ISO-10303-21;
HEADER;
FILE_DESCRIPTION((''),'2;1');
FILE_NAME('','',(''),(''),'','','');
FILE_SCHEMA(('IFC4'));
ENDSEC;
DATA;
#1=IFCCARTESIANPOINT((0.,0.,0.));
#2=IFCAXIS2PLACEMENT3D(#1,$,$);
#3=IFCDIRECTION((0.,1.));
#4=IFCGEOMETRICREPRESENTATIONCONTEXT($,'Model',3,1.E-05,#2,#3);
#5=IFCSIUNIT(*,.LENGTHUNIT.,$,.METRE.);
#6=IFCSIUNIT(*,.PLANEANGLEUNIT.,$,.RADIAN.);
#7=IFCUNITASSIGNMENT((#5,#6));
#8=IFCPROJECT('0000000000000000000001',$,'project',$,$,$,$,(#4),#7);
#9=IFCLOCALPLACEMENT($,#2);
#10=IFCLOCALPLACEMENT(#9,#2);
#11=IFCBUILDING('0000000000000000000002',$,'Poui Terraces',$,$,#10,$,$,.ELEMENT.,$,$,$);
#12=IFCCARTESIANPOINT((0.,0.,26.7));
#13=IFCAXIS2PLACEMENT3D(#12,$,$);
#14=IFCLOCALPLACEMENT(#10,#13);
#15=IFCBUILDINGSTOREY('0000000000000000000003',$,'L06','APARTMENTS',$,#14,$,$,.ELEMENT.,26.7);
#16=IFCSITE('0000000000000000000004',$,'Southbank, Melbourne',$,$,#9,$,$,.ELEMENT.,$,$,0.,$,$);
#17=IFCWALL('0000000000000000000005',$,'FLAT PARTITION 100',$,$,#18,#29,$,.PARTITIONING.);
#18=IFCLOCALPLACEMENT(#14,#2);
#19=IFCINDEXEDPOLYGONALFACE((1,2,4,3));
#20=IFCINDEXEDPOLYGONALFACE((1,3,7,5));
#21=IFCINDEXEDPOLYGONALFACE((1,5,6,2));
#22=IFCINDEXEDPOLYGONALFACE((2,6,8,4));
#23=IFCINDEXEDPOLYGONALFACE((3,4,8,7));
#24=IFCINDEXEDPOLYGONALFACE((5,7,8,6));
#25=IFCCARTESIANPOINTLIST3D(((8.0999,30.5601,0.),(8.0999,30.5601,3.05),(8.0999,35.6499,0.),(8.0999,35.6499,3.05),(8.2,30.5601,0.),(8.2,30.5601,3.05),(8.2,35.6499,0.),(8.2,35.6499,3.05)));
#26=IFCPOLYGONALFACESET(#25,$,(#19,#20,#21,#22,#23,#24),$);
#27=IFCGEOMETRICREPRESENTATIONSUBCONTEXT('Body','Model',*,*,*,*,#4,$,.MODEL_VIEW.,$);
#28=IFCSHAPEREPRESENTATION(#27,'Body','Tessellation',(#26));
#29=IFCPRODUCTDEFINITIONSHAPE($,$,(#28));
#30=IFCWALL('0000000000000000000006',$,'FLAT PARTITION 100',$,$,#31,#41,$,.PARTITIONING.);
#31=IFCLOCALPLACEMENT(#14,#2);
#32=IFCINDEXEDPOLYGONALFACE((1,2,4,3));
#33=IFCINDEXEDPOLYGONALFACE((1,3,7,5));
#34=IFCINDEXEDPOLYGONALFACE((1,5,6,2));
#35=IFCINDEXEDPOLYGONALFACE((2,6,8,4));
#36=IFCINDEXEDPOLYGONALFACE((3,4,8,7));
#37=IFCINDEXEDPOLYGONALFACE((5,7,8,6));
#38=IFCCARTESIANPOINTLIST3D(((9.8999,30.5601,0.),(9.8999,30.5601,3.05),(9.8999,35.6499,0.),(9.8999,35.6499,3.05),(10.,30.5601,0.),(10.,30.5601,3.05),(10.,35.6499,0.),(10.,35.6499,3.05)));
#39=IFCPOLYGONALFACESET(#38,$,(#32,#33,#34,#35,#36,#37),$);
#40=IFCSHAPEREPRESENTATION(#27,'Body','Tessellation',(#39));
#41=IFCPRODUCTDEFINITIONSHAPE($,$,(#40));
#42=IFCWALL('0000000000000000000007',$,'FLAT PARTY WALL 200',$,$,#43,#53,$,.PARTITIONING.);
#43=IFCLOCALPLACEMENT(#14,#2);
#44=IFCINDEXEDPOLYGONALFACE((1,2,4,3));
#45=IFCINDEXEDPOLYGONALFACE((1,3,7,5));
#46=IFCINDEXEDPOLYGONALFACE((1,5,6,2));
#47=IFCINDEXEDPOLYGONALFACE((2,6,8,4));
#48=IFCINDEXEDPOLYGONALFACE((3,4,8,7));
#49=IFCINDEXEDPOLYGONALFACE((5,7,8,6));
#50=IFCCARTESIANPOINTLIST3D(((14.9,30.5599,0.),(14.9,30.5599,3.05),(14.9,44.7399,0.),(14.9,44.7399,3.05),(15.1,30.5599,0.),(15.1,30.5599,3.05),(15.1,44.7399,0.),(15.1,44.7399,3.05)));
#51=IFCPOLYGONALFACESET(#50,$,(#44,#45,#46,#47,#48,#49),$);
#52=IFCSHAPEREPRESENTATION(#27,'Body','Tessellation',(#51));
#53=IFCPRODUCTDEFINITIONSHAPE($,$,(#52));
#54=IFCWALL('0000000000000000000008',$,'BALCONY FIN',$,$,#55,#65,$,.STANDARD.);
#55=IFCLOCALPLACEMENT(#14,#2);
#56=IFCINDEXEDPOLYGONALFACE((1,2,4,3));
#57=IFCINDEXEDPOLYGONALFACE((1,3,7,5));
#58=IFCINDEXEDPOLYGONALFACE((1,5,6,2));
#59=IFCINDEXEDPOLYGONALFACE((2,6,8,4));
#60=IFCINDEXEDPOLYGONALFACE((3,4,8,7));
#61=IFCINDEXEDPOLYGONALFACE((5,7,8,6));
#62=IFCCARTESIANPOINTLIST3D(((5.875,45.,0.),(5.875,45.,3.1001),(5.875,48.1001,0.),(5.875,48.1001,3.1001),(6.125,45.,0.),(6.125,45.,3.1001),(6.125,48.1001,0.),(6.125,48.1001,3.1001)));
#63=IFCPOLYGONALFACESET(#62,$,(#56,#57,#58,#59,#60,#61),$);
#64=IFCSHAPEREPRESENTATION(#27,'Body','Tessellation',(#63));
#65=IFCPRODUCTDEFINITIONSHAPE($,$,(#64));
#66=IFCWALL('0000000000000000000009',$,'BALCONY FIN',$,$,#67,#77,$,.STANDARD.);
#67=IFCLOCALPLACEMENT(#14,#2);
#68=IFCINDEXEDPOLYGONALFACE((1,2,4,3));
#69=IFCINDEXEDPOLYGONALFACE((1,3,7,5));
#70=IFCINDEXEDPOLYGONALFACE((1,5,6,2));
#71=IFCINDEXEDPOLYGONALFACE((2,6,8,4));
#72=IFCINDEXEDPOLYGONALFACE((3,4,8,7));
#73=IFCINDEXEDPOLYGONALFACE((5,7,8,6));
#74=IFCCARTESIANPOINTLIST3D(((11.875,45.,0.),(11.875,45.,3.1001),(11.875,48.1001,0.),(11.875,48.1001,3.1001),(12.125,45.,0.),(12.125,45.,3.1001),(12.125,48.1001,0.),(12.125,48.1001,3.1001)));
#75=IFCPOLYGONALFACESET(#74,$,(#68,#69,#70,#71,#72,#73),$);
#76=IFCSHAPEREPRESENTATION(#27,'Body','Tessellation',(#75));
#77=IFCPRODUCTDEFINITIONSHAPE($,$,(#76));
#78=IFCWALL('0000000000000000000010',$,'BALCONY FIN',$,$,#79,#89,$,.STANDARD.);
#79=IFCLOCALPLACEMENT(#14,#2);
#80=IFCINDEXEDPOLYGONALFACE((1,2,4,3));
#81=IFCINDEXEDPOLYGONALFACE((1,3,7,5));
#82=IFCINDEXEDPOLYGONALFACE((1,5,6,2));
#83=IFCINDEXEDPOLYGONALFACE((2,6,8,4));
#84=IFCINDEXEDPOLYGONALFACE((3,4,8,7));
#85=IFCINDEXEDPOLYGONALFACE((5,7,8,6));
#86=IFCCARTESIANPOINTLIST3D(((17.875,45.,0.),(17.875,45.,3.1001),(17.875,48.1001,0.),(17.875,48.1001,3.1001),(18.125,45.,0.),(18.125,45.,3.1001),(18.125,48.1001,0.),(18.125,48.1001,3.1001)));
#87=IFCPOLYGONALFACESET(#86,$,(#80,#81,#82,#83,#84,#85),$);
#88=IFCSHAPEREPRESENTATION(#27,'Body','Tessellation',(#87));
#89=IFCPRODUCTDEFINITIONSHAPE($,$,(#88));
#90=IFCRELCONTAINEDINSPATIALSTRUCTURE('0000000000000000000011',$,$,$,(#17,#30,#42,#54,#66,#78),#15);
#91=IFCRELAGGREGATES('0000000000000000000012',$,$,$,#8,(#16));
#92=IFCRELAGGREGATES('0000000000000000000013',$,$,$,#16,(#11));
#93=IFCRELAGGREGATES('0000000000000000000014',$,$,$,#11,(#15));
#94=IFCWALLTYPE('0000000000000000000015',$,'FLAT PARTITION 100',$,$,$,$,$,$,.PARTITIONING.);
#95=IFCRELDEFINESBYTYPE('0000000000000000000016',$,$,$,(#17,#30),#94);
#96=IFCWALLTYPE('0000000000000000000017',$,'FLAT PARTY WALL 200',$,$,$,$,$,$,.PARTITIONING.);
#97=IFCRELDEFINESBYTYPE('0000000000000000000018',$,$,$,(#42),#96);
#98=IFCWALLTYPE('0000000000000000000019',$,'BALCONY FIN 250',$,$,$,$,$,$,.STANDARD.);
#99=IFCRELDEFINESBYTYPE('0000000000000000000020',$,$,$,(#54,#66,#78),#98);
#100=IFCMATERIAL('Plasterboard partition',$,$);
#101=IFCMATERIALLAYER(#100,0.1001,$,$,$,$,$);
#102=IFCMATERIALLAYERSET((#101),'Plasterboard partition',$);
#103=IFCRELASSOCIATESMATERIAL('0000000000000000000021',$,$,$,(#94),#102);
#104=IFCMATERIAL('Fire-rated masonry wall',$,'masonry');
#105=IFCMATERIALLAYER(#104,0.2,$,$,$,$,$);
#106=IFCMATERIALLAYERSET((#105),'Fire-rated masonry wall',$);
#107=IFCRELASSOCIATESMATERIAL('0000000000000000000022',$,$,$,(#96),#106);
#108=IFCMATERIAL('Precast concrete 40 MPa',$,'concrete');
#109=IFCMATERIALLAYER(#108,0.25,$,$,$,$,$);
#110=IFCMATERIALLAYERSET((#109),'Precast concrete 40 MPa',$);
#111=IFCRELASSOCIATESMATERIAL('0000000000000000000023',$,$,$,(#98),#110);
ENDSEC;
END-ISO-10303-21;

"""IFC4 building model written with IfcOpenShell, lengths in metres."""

from ifc_helpers import new_model, si_unit, direction, frame, frame_2d, origin, place, context, subcontext, project, spatial, polyline, rectangle, outline, extrude, source, transform, mapped, material, layer, layer_set, type_object, element, save


model = new_model("IFC4")

# Units and contexts
model_context = context("Model", 3, precision=1e-05, world=origin(), true_north=direction((0.0, 1.0)))
body_context = subcontext(model_context, "Body", "Model", "MODEL_VIEW")
ifc_project = project(units=[si_unit("LENGTHUNIT", "METRE"), si_unit("PLANEANGLEUNIT", "RADIAN")], contexts=[model_context])

# Site, building, storey
site_placement = place(None, origin())
site = spatial("IfcSite", under=ifc_project, at=site_placement, Name="Southbank, Melbourne", CompositionType="ELEMENT", RefElevation=0.0)
building_placement = place(site_placement, origin())
building = spatial("IfcBuilding", under=site, at=building_placement, Name="Poui Terraces", CompositionType="ELEMENT")
storey_placement = place(building_placement, frame((0.0, 0.0, 26.7)))
storey = spatial("IfcBuildingStorey", under=building, at=storey_placement, Name="L06", Description="APARTMENTS", CompositionType="ELEMENT", Elevation=26.7)

# Shared definitions
ifc_material_1 = material(Name="Plasterboard partition")
ifc_layer_1 = layer(ifc_material_1, 0.1001)
ifc_layer_set_1 = layer_set([ifc_layer_1], Name="Plasterboard partition")
wall_type_1 = type_object("IfcWallType", Name="FLAT PARTITION 100", PredefinedType="PARTITIONING", material=ifc_layer_set_1)

# Walls
for number, where, z_axis, x_axis, name in (
    (1, (8.1499, 30.5601, 0.0), (0.0, 0.0, 1.0), (0.0, 1.0, 0.0), "FLAT PARTITION 100"),
    (2, (9.95, 30.5601, 0.0), (0.0, 0.0, 1.0), (0.0, 1.0, 0.0), "FLAT PARTITION 100"),
):
    element("IfcWall", number, at=place(storey_placement, frame(where, z_axis=z_axis, x_axis=x_axis)), inside=storey, type_object=wall_type_1, Name=name, PredefinedType="PARTITIONING", context=body_context, shape_type="SweptSolid", body=[
        extrude(rectangle(XDim=5.0898, YDim=0.1001, at=frame_2d((2.5449, 0.0))), origin(), (0.0, 0.0, 1.0), 3.05),
    ])
ifc_material_2 = material(Name="Fire-rated masonry wall", Category="masonry")
ifc_layer_2 = layer(ifc_material_2, 0.2)
ifc_layer_set_2 = layer_set([ifc_layer_2], Name="Fire-rated masonry wall")
wall_type_2 = type_object("IfcWallType", Name="FLAT PARTY WALL 200", PredefinedType="PARTITIONING", material=ifc_layer_set_2)
wall_1_placement = place(storey_placement, frame((15.0, 30.5601, 0.0), z_axis=(0.0, 0.0, 1.0), x_axis=(0.0, 1.0, 0.0)))
element("IfcWall", 3, at=wall_1_placement, inside=storey, type_object=wall_type_2, Name="FLAT PARTY WALL 200", PredefinedType="PARTITIONING", context=body_context, shape_type="SweptSolid", body=[
    extrude(rectangle(XDim=14.1799, YDim=0.2, at=frame_2d((7.0898, 0.0))), origin(), (0.0, 0.0, 1.0), 3.05),
])
ifc_material_3 = material(Name="Precast concrete 40 MPa", Category="concrete")
ifc_layer_3 = layer(ifc_material_3, 0.25)
ifc_layer_set_3 = layer_set([ifc_layer_3], Name="Precast concrete 40 MPa")
wall_type_3 = type_object("IfcWallType", Name="BALCONY FIN 250", PredefinedType="STANDARD", material=ifc_layer_set_3)
shared_shape_1 = source(origin(), body_context, "Body", "SweptSolid", [
    extrude(outline(polyline([(0.0, 0.0), (0.25, 0.0), (0.25, 3.1001), (0.0, 3.1001), (0.0, 0.0)])), origin(), (0.0, 0.0, 1.0), 3.1001),
])
for number, where, name in (
    (4, (5.875, 45.0, 0.0), "BALCONY FIN"),
    (5, (11.875, 45.0, 0.0), "BALCONY FIN"),
    (6, (17.875, 45.0, 0.0), "BALCONY FIN"),
):
    element("IfcWall", number, at=place(storey_placement, frame(where)), inside=storey, type_object=wall_type_3, Name=name, PredefinedType="STANDARD", context=body_context, shape_type="MappedRepresentation", body=[
        mapped(shared_shape_1, transform((0.0, 0.0, 0.0))),
    ])

save(model, "model.ifc")
